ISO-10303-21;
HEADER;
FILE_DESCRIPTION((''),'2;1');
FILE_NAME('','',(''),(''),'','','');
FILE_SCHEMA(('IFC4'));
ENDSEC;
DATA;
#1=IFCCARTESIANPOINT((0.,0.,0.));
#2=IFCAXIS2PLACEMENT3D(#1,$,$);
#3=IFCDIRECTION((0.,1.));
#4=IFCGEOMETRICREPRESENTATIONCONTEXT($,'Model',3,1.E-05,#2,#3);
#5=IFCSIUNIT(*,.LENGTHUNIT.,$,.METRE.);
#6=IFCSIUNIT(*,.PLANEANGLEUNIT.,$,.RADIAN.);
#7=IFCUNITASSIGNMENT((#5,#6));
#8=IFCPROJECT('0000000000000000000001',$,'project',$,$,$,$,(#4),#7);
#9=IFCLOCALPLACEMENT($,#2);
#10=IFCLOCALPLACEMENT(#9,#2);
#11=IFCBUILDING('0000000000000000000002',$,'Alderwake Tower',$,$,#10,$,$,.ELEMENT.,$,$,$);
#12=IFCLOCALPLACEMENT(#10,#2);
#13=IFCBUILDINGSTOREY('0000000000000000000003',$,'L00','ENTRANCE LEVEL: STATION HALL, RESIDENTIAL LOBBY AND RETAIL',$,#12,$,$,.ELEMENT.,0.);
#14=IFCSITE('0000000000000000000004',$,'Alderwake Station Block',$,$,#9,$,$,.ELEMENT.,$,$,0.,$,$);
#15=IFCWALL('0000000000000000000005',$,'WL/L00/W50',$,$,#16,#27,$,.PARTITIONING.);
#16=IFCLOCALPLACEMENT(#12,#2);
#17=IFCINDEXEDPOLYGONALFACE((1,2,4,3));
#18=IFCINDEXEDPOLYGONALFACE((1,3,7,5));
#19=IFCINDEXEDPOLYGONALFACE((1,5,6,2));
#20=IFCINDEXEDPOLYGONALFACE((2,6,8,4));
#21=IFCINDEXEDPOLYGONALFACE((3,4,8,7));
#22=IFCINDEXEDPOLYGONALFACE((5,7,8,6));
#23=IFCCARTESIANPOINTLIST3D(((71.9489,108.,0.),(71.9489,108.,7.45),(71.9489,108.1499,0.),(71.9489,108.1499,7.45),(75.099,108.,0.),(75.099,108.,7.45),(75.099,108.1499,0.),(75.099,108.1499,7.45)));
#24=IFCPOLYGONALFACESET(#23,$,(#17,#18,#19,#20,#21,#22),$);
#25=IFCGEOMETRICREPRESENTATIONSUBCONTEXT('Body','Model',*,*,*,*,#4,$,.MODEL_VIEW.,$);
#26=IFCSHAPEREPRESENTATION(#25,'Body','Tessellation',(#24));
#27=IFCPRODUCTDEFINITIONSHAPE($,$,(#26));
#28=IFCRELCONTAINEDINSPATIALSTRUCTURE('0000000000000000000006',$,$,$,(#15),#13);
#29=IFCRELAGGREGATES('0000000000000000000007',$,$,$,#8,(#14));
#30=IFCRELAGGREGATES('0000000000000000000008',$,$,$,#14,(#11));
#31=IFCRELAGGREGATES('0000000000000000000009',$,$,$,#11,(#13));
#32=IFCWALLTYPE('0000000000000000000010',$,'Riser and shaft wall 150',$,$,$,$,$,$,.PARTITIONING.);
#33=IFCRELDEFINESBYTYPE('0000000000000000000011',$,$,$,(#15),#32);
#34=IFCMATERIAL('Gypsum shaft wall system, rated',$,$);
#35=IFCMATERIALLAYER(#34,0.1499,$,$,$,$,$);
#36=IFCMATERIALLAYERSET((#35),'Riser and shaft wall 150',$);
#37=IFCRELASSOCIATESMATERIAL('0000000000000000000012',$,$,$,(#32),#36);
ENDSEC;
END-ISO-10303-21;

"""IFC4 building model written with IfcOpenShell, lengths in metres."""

from ifc_helpers import new_model, si_unit, direction, frame, frame_2d, origin, place, context, subcontext, project, spatial, rectangle, extrude, material, layer, layer_set, type_object, element, save


model = new_model("IFC4")

# Units and contexts
model_context = context("Model", 3, precision=1e-05, world=origin(), true_north=direction((0.0, 1.0)))
body_context = subcontext(model_context, "Body", "Model", "MODEL_VIEW")
ifc_project = project(units=[si_unit("LENGTHUNIT", "METRE"), si_unit("PLANEANGLEUNIT", "RADIAN")], contexts=[model_context])

# Site, building, storey
site_placement = place(None, origin())
site = spatial("IfcSite", under=ifc_project, at=site_placement, Name="Alderwake Station Block", CompositionType="ELEMENT", RefElevation=0.0)
building_placement = place(site_placement, origin())
building = spatial("IfcBuilding", under=site, at=building_placement, Name="Alderwake Tower", CompositionType="ELEMENT")
storey_placement = place(building_placement, origin())
storey = spatial("IfcBuildingStorey", under=building, at=storey_placement, Name="L00", Description="ENTRANCE LEVEL: STATION HALL, RESIDENTIAL LOBBY AND RETAIL", CompositionType="ELEMENT", Elevation=0.0)

# Wall
ifc_material_1 = material(Name="Gypsum shaft wall system, rated")
ifc_layer_1 = layer(ifc_material_1, 0.1499)
ifc_layer_set_1 = layer_set([ifc_layer_1], Name="Riser and shaft wall 150")
wall_type_1 = type_object("IfcWallType", Name="Riser and shaft wall 150", PredefinedType="PARTITIONING", material=ifc_layer_set_1)
wall_1_placement = place(storey_placement, frame((75.0991, 108.075, 0.0), z_axis=(0.0, 0.0, 1.0), x_axis=(-1.0, 0.0, 0.0)))
element("IfcWall", 1, at=wall_1_placement, inside=storey, type_object=wall_type_1, Name="WL/L00/W50", PredefinedType="PARTITIONING", context=body_context, shape_type="SweptSolid", body=[
    extrude(rectangle(XDim=3.1501, YDim=0.1499, at=frame_2d((1.5752, 0.0))), origin(), (0.0, 0.0, 1.0), 7.45),
])

save(model, "model.ifc")
